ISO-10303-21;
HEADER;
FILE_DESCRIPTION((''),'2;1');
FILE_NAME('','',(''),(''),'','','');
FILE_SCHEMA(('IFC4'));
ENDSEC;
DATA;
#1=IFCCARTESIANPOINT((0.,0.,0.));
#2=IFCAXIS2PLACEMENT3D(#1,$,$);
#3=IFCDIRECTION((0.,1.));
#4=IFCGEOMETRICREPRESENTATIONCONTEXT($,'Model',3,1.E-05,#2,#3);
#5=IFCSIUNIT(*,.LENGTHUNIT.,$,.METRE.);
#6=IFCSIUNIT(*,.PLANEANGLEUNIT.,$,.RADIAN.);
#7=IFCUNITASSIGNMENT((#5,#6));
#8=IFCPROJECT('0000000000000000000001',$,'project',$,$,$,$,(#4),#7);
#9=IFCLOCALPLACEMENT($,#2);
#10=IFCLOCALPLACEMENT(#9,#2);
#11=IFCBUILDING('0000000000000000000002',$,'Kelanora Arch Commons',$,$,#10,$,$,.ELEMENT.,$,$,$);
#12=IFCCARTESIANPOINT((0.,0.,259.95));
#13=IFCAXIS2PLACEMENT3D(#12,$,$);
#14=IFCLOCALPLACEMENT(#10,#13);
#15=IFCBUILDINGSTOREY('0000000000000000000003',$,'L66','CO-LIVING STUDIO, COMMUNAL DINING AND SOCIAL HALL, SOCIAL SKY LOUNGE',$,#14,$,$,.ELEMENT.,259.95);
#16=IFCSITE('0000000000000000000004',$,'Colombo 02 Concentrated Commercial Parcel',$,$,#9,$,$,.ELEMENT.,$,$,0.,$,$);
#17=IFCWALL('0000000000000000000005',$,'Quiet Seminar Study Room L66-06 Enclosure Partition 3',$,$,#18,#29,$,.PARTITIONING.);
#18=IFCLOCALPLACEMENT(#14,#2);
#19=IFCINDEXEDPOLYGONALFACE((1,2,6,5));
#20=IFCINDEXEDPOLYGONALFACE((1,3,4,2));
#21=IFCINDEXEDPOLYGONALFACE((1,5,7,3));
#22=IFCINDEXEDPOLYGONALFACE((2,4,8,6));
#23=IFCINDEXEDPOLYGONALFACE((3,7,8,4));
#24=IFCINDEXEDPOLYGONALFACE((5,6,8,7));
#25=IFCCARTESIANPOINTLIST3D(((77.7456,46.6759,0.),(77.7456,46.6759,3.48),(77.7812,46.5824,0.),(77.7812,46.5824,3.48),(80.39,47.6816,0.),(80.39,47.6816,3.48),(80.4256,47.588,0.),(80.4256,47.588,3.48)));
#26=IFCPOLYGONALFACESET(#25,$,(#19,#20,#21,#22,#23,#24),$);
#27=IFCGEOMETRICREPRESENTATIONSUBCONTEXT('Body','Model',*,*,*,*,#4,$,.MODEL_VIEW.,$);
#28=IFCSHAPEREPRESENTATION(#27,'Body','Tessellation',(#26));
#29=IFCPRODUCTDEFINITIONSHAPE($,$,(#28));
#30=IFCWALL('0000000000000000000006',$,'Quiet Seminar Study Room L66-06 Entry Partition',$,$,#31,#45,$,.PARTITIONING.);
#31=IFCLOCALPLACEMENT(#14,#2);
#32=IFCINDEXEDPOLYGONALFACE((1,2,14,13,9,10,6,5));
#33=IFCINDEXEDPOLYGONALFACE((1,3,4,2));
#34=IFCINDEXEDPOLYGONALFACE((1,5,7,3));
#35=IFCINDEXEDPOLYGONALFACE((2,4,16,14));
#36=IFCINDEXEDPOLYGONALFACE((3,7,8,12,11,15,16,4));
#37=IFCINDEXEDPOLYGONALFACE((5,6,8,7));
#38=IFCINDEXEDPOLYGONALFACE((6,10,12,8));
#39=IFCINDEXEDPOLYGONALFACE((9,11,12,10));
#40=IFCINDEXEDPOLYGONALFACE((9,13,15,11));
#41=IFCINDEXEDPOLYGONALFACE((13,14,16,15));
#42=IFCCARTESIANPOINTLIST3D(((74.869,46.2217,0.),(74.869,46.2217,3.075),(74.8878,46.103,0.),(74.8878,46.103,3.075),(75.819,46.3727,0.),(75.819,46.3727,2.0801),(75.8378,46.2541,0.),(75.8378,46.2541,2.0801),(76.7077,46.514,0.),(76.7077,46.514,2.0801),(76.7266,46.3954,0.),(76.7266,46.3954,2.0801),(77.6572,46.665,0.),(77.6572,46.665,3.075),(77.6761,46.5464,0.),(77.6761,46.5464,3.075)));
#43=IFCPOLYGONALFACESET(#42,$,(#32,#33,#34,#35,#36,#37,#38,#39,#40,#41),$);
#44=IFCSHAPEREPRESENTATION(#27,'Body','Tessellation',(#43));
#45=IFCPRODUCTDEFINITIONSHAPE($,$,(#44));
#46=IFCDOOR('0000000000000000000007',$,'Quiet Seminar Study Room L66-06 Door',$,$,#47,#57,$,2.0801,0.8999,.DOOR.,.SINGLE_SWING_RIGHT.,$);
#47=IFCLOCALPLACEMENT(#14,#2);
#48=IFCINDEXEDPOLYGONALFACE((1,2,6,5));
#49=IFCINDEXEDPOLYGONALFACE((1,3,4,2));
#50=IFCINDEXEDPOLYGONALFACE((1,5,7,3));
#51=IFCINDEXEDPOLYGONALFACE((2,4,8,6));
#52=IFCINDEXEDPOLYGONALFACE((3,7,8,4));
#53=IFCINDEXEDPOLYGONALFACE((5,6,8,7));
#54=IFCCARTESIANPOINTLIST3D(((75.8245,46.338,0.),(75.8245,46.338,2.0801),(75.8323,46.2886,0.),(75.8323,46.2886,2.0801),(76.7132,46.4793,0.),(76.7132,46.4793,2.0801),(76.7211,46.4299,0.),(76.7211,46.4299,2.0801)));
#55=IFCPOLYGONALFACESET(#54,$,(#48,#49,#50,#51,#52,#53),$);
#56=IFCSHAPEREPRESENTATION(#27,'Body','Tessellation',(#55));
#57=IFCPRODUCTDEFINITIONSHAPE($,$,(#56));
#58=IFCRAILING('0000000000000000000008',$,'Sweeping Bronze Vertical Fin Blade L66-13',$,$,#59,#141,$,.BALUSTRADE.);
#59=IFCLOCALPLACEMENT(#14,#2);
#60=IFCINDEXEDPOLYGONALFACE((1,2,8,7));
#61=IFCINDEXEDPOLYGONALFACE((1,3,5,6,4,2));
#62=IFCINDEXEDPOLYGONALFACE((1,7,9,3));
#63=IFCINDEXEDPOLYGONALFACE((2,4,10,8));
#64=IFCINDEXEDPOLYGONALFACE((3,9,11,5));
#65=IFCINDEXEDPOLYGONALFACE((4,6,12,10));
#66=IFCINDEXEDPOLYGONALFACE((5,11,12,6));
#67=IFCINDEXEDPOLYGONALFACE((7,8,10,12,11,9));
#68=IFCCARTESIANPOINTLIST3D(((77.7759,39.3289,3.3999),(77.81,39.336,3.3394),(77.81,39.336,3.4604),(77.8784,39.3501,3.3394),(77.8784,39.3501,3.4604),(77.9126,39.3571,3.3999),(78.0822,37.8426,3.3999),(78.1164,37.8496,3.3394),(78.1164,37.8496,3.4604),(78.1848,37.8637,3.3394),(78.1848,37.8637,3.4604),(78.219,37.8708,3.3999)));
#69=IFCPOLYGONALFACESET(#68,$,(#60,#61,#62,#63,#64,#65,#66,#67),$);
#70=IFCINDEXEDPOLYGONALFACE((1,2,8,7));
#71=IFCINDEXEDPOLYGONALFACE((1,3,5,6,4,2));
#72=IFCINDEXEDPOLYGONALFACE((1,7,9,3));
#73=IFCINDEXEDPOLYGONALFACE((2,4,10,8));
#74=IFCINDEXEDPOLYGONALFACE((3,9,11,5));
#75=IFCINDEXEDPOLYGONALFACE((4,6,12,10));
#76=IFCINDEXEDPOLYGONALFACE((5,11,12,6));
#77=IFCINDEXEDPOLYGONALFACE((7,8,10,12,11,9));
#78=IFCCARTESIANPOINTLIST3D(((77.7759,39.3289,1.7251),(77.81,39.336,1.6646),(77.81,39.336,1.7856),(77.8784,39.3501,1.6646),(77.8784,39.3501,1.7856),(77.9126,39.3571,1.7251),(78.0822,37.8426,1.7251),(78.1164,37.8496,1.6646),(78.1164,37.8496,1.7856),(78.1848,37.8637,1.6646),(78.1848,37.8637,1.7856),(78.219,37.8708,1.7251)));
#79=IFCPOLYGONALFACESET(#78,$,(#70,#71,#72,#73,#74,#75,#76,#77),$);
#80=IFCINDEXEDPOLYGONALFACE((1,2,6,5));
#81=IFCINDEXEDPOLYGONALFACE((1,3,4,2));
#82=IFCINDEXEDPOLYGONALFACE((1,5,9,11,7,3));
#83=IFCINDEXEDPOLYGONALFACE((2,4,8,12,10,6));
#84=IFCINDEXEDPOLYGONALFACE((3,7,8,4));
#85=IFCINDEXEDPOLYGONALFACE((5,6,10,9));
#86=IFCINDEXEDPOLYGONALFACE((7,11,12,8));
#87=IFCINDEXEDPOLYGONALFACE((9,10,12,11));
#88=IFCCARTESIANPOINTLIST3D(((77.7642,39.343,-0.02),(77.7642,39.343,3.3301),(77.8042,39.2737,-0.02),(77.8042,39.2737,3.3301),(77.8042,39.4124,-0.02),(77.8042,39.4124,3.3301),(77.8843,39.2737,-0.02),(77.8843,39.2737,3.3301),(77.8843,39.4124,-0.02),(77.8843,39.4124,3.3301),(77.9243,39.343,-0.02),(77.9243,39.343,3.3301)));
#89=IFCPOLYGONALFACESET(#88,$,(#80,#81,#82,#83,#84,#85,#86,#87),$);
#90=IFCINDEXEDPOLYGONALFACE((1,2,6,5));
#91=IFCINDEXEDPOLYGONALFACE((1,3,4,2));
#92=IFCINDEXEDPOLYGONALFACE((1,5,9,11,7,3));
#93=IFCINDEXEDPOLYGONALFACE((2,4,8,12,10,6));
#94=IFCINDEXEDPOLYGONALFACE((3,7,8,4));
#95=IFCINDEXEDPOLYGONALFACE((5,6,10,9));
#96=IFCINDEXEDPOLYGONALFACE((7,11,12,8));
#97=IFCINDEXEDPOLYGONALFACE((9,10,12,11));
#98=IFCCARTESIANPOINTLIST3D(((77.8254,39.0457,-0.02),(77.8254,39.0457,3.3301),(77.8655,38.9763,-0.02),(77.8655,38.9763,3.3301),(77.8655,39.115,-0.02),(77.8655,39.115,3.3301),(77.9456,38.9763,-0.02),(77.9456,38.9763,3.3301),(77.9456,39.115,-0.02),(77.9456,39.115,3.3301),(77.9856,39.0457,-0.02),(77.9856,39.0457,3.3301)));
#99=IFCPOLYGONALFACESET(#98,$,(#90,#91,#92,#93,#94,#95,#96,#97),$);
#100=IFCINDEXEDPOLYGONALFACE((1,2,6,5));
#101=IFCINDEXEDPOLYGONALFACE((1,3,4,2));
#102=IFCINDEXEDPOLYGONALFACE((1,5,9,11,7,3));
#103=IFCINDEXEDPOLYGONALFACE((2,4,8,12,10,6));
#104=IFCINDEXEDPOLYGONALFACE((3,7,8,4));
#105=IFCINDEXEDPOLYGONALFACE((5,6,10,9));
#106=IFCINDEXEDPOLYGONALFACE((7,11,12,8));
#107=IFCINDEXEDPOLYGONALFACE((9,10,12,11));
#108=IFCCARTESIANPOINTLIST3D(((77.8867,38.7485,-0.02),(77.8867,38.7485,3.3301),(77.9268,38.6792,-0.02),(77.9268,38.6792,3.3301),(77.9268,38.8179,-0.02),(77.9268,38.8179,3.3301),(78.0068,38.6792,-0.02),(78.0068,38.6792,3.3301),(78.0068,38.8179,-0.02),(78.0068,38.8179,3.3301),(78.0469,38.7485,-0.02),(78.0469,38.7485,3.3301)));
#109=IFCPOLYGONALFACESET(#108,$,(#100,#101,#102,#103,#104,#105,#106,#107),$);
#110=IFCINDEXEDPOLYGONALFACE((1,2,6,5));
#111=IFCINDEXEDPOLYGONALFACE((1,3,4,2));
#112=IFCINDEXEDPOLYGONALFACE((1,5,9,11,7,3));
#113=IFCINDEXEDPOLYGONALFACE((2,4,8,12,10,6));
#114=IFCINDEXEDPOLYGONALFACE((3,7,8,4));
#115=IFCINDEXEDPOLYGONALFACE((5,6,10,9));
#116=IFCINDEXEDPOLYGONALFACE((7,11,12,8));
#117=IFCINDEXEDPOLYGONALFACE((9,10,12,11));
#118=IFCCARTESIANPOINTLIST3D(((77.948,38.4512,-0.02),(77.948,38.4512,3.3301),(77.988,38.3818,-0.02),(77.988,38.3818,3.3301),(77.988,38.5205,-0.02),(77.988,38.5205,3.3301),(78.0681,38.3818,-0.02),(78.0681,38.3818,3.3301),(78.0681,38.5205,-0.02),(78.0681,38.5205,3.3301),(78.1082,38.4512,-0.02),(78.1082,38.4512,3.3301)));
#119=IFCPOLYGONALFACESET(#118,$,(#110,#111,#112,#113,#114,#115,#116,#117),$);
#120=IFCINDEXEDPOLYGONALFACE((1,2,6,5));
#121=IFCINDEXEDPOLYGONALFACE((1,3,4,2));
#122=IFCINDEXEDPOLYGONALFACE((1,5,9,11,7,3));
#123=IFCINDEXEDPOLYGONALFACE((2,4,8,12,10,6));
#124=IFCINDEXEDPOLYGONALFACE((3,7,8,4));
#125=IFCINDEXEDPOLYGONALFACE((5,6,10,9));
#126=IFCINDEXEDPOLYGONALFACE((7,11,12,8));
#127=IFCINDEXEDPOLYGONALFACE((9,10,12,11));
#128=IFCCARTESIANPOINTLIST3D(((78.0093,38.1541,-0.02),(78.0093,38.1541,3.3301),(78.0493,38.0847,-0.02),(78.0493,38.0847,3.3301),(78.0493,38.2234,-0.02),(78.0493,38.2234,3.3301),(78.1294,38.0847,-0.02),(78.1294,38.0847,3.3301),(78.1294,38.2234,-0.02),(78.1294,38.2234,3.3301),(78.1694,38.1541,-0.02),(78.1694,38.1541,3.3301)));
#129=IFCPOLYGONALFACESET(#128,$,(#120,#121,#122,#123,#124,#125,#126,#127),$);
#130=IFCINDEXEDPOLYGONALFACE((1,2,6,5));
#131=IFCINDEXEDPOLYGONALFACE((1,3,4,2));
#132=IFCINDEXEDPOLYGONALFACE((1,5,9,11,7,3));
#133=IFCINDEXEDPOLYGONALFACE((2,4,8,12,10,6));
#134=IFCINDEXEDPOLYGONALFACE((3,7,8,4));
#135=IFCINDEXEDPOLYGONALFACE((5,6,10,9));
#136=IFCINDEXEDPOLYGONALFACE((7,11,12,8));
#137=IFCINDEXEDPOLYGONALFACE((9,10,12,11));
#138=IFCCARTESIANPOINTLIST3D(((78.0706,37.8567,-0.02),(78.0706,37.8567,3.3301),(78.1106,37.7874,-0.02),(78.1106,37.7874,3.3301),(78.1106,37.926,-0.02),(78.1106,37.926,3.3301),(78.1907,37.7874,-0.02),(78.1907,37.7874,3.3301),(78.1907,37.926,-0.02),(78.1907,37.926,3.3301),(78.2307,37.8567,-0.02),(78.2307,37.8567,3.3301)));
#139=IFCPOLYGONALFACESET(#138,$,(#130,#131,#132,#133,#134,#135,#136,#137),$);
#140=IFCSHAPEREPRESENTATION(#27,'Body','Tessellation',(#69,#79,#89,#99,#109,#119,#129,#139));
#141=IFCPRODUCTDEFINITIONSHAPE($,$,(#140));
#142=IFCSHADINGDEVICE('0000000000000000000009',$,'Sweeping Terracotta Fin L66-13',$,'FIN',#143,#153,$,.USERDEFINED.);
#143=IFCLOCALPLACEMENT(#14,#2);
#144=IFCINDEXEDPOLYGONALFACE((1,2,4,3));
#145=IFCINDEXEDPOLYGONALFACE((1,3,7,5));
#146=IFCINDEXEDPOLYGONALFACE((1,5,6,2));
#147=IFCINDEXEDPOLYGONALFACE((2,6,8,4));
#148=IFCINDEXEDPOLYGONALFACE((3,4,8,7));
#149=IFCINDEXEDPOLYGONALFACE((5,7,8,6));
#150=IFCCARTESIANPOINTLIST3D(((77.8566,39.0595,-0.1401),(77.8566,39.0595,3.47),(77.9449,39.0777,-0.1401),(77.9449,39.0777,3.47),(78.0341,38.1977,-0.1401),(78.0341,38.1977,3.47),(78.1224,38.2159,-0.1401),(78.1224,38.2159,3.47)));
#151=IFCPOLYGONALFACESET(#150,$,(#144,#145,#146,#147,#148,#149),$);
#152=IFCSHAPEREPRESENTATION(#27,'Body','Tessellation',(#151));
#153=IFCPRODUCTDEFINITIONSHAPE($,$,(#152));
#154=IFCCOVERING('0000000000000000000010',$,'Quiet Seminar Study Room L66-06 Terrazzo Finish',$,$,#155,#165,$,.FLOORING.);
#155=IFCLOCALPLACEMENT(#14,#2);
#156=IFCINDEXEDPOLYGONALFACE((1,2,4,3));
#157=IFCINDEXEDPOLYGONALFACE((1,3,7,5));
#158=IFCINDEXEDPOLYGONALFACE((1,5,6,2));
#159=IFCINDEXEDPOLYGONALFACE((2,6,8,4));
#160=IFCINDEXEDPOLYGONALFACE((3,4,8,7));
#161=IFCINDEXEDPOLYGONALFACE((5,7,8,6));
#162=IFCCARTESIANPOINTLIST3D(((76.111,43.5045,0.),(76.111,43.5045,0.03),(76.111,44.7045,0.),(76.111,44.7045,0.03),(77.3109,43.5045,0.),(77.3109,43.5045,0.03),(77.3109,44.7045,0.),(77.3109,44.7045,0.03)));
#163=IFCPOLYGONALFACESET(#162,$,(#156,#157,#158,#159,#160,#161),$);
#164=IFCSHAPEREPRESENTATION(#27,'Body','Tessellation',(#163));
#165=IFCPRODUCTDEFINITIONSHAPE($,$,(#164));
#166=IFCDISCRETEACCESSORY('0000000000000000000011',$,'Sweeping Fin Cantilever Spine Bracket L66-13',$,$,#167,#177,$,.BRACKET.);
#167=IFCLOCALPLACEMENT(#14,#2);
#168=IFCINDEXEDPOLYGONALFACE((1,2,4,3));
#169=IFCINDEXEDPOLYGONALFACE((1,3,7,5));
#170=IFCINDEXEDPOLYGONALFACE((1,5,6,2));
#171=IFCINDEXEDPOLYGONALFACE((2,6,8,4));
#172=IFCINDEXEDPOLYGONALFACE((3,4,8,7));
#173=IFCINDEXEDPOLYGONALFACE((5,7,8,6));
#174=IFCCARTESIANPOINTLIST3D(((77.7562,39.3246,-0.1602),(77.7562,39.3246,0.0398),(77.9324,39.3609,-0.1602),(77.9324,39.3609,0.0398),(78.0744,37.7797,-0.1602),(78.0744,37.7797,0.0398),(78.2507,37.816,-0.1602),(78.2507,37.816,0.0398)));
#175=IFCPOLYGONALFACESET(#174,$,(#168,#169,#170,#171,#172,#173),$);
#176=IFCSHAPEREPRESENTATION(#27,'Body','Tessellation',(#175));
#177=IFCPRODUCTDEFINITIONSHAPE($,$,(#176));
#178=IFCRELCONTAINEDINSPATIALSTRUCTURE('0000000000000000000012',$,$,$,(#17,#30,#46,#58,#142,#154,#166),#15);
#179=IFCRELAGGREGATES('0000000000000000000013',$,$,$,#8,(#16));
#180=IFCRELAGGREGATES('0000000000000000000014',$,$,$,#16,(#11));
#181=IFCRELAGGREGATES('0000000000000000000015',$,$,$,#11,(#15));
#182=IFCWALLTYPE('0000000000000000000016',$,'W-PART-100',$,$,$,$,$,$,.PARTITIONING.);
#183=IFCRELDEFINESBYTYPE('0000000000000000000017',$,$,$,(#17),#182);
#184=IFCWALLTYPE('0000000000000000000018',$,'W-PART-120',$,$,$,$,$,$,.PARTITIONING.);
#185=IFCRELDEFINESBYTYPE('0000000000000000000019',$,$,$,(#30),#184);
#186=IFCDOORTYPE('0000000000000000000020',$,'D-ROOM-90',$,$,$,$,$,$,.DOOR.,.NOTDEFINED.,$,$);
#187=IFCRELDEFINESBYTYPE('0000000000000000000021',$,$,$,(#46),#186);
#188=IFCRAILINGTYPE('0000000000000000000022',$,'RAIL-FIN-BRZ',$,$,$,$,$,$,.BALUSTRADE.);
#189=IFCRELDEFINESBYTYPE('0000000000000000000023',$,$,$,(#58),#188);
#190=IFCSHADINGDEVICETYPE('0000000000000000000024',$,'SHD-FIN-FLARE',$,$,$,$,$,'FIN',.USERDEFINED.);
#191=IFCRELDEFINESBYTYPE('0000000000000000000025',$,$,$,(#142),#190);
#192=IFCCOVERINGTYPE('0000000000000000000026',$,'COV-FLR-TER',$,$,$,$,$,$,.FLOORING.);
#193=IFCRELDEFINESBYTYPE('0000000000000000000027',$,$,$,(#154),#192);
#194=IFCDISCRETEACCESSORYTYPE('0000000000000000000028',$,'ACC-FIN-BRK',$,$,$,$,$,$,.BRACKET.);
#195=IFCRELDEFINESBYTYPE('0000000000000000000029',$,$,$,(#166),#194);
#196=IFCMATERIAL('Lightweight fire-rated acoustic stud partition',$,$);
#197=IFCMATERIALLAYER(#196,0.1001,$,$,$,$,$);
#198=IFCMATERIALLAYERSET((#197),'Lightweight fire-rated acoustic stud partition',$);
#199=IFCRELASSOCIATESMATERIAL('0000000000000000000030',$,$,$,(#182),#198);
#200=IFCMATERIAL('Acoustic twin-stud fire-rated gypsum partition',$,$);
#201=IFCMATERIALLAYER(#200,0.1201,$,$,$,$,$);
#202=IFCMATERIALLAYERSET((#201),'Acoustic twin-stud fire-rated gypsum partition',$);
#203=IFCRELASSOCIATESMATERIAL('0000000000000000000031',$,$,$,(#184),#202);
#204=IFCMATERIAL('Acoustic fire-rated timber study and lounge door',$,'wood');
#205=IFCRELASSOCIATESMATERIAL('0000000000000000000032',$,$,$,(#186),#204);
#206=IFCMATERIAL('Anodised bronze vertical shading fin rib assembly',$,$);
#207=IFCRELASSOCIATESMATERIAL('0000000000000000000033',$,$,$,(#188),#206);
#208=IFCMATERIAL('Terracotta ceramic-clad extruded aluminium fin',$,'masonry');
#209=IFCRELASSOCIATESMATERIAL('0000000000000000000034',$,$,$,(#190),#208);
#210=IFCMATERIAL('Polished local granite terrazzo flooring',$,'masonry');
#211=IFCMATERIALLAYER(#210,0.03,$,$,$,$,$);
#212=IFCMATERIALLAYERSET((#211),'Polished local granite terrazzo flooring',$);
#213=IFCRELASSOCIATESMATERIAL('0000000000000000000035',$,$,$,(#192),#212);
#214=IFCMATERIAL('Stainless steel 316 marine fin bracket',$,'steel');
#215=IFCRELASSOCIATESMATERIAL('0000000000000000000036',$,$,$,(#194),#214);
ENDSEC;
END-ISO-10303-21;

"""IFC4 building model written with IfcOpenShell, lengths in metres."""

from ifc_helpers import new_model, si_unit, direction, frame, frame_2d, origin, origin_2d, place, context, subcontext, project, spatial, polyline, rectangle, outline, extrude, source, transform, mapped, material, layer, layer_set, type_object, element, fill, save


model = new_model("IFC4")

# Units and contexts
model_context = context("Model", 3, precision=1e-05, world=origin(), true_north=direction((0.0, 1.0)))
body_context = subcontext(model_context, "Body", "Model", "MODEL_VIEW")
ifc_project = project(units=[si_unit("LENGTHUNIT", "METRE"), si_unit("PLANEANGLEUNIT", "RADIAN")], contexts=[model_context])

# Site, building, storey
site_placement = place(None, origin())
site = spatial("IfcSite", under=ifc_project, at=site_placement, Name="Colombo 02 Concentrated Commercial Parcel", CompositionType="ELEMENT", RefElevation=0.0)
building_placement = place(site_placement, origin())
building = spatial("IfcBuilding", under=site, at=building_placement, Name="Kelanora Arch Commons", CompositionType="ELEMENT")
storey_placement = place(building_placement, frame((0.0, 0.0, 259.95)))
storey = spatial("IfcBuildingStorey", under=building, at=storey_placement, Name="L66", Description="CO-LIVING STUDIO, COMMUNAL DINING AND SOCIAL HALL, SOCIAL SKY LOUNGE", CompositionType="ELEMENT", Elevation=259.95)

# Wall
ifc_material_1 = material(Name="Lightweight fire-rated acoustic stud partition")
ifc_layer_1 = layer(ifc_material_1, 0.1001)
ifc_layer_set_1 = layer_set([ifc_layer_1], Name="Lightweight fire-rated acoustic stud partition")
wall_type_1 = type_object("IfcWallType", Name="W-PART-100", PredefinedType="PARTITIONING", material=ifc_layer_set_1)
wall_1_placement = place(storey_placement, frame((77.7634, 46.6292, 0.0), z_axis=(0.0, 0.0, 1.0), x_axis=(0.934691, 0.355461, 0.0)))
element("IfcWall", 1, at=wall_1_placement, inside=storey, type_object=wall_type_1, Name="Quiet Seminar Study Room L66-06 Enclosure Partition 3", PredefinedType="PARTITIONING", context=body_context, shape_type="SweptSolid", body=[
    extrude(rectangle(XDim=2.8291, YDim=0.1001, at=frame_2d((1.4146, 0.0))), origin(), (0.0, 0.0, 1.0), 3.48),
])

# Wall, opening, door
ifc_material_2 = material(Name="Acoustic twin-stud fire-rated gypsum partition")
ifc_layer_2 = layer(ifc_material_2, 0.1201)
ifc_layer_set_2 = layer_set([ifc_layer_2], Name="Acoustic twin-stud fire-rated gypsum partition")
wall_type_2 = type_object("IfcWallType", Name="W-PART-120", PredefinedType="PARTITIONING", material=ifc_layer_set_2)
wall_2_placement = place(storey_placement, frame((74.8784, 46.1624, 0.0), z_axis=(0.0, 0.0, 1.0), x_axis=(0.987593, 0.157033, 0.0)))
wall_2 = element("IfcWall", 2, at=wall_2_placement, inside=storey, type_object=wall_type_2, Name="Quiet Seminar Study Room L66-06 Entry Partition", PredefinedType="PARTITIONING", context=body_context, shape_type="SweptSolid", body=[
    extrude(rectangle(XDim=2.8232, YDim=0.1201, at=frame_2d((1.4116, 0.0))), origin(), (0.0, 0.0, 1.0), 3.075),
])
opening_placement = place(wall_2_placement, frame((0.9619, 0.0, 0.0)))
opening = element("IfcOpeningElement", 3, at=opening_placement, cuts=wall_2, PredefinedType="OPENING", context=body_context, shape_type="SweptSolid", body=[
    extrude(rectangle(XDim=0.8999, YDim=2.0801, at=frame_2d((0.45, 1.04))), frame((0.0, 0.0701, 0.0), z_axis=(0.0, -1.0, 0.0), x_axis=(1.0, 0.0, 0.0)), (0.0, 0.0, 1.0), 0.1401),
])
ifc_material_3 = material(Name="Acoustic fire-rated timber study and lounge door", Category="wood")
door_type = type_object("IfcDoorType", Name="D-ROOM-90", OperationType="NOTDEFINED", PredefinedType="DOOR", material=ifc_material_3)
door_placement = place(opening_placement, origin())
door = element("IfcDoor", 4, at=door_placement, inside=storey, type_object=door_type, Name="Quiet Seminar Study Room L66-06 Door", OperationType="SINGLE_SWING_RIGHT", OverallHeight=2.0801, OverallWidth=0.8999, PredefinedType="DOOR", context=body_context, shape_type="SweptSolid", body=[
    extrude(rectangle(XDim=0.8999, YDim=2.0801, at=frame_2d((0.45, 1.04))), frame((0.0, 0.0249, 0.0), z_axis=(0.0, -1.0, 0.0), x_axis=(1.0, 0.0, 0.0)), (0.0, 0.0, 1.0), 0.05),
])
fill(opening, door)

# Railing
ifc_material_4 = material(Name="Anodised bronze vertical shading fin rib assembly")
railing_type = type_object("IfcRailingType", Name="RAIL-FIN-BRZ", PredefinedType="BALUSTRADE", material=ifc_material_4)
railing_placement = place(storey_placement, frame((77.8442, 39.343, -0.02)))
element("IfcRailing", 5, at=railing_placement, inside=storey, type_object=railing_type, Name="Sweeping Bronze Vertical Fin Blade L66-13", PredefinedType="BALUSTRADE", context=body_context, shape_type="SweptSolid", body=[
    extrude(outline(polyline([(0.0698, 0.0), (0.0349, 0.0605), (-0.0349, 0.0605), (-0.0698, 0.0), (-0.0349, -0.0605), (0.0349, -0.0605), (0.0698, 0.0)])), frame((0.0, 0.0, 3.4199), z_axis=(0.201898, -0.979407, 0.0), x_axis=(0.979407, 0.201898, 0.0)), (0.0, 0.0, 1.0), 1.5176),
    extrude(outline(polyline([(0.0698, 0.0), (0.0349, 0.0605), (-0.0349, 0.0605), (-0.0698, 0.0), (-0.0349, -0.0605), (0.0349, -0.0605), (0.0698, 0.0)])), frame((0.0, 0.0, 1.7451), z_axis=(0.201898, -0.979407, 0.0), x_axis=(0.979407, 0.201898, 0.0)), (0.0, 0.0, 1.0), 1.5176),
    extrude(outline(polyline([(0.0801, 0.0), (0.04, 0.0693), (-0.04, 0.0693), (-0.0801, 0.0), (-0.04, -0.0693), (0.04, -0.0693), (0.0801, 0.0)])), origin(), (0.0, 0.0, 1.0), 3.3501),
    extrude(outline(polyline([(0.0801, 0.0), (0.04, 0.0693), (-0.04, 0.0693), (-0.0801, 0.0), (-0.04, -0.0693), (0.04, -0.0693), (0.0801, 0.0)])), frame((0.0613, -0.2974, 0.0)), (0.0, 0.0, 1.0), 3.3501),
    extrude(outline(polyline([(0.0801, 0.0), (0.04, 0.0693), (-0.04, 0.0693), (-0.0801, 0.0), (-0.04, -0.0693), (0.04, -0.0693), (0.0801, 0.0)])), frame((0.1226, -0.5945, 0.0)), (0.0, 0.0, 1.0), 3.3501),
    extrude(outline(polyline([(0.0801, 0.0), (0.04, 0.0693), (-0.04, 0.0693), (-0.0801, 0.0), (-0.04, -0.0693), (0.04, -0.0693), (0.0801, 0.0)])), frame((0.1838, -0.8918, 0.0)), (0.0, 0.0, 1.0), 3.3501),
    extrude(outline(polyline([(0.0801, 0.0), (0.04, 0.0693), (-0.04, 0.0693), (-0.0801, 0.0), (-0.04, -0.0693), (0.04, -0.0693), (0.0801, 0.0)])), frame((0.2451, -1.189, 0.0)), (0.0, 0.0, 1.0), 3.3501),
    extrude(outline(polyline([(0.0801, 0.0), (0.04, 0.0693), (-0.04, 0.0693), (-0.0801, 0.0), (-0.04, -0.0693), (0.04, -0.0693), (0.0801, 0.0)])), frame((0.3064, -1.4863, 0.0)), (0.0, 0.0, 1.0), 3.3501),
])

# Shading device
ifc_material_5 = material(Name="Terracotta ceramic-clad extruded aluminium fin", Category="masonry")
shading_device_type = type_object("IfcShadingDeviceType", Name="SHD-FIN-FLARE", ElementType="FIN", PredefinedType="USERDEFINED", material=ifc_material_5)
shared_shape_1 = source(origin(), body_context, "Body", "SweptSolid", [
    extrude(rectangle(XDim=0.8799, YDim=0.0901, at=origin_2d()), origin(), (0.0, 0.0, 1.0), 3.6101),
])
shading_device_placement = place(storey_placement, frame((77.9895, 38.6377, -0.1401), z_axis=(0.0, 0.0, 1.0), x_axis=(0.201762, -0.979435, 0.0)))
element("IfcShadingDevice", 6, at=shading_device_placement, inside=storey, type_object=shading_device_type, Name="Sweeping Terracotta Fin L66-13", ObjectType="FIN", PredefinedType="USERDEFINED", context=body_context, shape_type="MappedRepresentation", body=[
    mapped(shared_shape_1, transform((0.0, 0.0, 0.0), scale=1.0)),
])

# Covering
ifc_material_6 = material(Name="Polished local granite terrazzo flooring", Category="masonry")
ifc_layer_3 = layer(ifc_material_6, 0.03)
ifc_layer_set_3 = layer_set([ifc_layer_3], Name="Polished local granite terrazzo flooring")
covering_type = type_object("IfcCoveringType", Name="COV-FLR-TER", PredefinedType="FLOORING", material=ifc_layer_set_3)
shared_shape_2 = source(origin(), body_context, "Body", "SweptSolid", [
    extrude(rectangle(XDim=1.2, YDim=1.2, at=origin_2d()), origin(), (0.0, 0.0, 1.0), 0.03),
])
covering_placement = place(storey_placement, frame((76.7109, 44.1045, 0.0), z_axis=(0.0, 0.0, 1.0), x_axis=(1.0, 0.0, 0.0)))
element("IfcCovering", 7, at=covering_placement, inside=storey, type_object=covering_type, Name="Quiet Seminar Study Room L66-06 Terrazzo Finish", PredefinedType="FLOORING", context=body_context, shape_type="MappedRepresentation", body=[
    mapped(shared_shape_2, transform((0.0, 0.0, 0.0), scale=1.0)),
])

# Discrete accessory
ifc_material_7 = material(Name="Stainless steel 316 marine fin bracket", Category="steel")
discrete_accessory_type = type_object("IfcDiscreteAccessoryType", Name="ACC-FIN-BRK", PredefinedType="BRACKET", material=ifc_material_7)
shared_shape_3 = source(origin(), body_context, "Body", "SweptSolid", [
    extrude(rectangle(XDim=1.5774, YDim=0.1799, at=origin_2d()), origin(), (0.0, 0.0, 1.0), 0.2),
])
discrete_accessory_placement = place(storey_placement, frame((78.0034, 38.5703, -0.1602), z_axis=(0.0, 0.0, 1.0), x_axis=(0.201762, -0.979435, 0.0)))
element("IfcDiscreteAccessory", 8, at=discrete_accessory_placement, inside=storey, type_object=discrete_accessory_type, Name="Sweeping Fin Cantilever Spine Bracket L66-13", PredefinedType="BRACKET", context=body_context, shape_type="MappedRepresentation", body=[
    mapped(shared_shape_3, transform((0.0, 0.0, 0.0), scale=1.0)),
])

save(model, "model.ifc")
